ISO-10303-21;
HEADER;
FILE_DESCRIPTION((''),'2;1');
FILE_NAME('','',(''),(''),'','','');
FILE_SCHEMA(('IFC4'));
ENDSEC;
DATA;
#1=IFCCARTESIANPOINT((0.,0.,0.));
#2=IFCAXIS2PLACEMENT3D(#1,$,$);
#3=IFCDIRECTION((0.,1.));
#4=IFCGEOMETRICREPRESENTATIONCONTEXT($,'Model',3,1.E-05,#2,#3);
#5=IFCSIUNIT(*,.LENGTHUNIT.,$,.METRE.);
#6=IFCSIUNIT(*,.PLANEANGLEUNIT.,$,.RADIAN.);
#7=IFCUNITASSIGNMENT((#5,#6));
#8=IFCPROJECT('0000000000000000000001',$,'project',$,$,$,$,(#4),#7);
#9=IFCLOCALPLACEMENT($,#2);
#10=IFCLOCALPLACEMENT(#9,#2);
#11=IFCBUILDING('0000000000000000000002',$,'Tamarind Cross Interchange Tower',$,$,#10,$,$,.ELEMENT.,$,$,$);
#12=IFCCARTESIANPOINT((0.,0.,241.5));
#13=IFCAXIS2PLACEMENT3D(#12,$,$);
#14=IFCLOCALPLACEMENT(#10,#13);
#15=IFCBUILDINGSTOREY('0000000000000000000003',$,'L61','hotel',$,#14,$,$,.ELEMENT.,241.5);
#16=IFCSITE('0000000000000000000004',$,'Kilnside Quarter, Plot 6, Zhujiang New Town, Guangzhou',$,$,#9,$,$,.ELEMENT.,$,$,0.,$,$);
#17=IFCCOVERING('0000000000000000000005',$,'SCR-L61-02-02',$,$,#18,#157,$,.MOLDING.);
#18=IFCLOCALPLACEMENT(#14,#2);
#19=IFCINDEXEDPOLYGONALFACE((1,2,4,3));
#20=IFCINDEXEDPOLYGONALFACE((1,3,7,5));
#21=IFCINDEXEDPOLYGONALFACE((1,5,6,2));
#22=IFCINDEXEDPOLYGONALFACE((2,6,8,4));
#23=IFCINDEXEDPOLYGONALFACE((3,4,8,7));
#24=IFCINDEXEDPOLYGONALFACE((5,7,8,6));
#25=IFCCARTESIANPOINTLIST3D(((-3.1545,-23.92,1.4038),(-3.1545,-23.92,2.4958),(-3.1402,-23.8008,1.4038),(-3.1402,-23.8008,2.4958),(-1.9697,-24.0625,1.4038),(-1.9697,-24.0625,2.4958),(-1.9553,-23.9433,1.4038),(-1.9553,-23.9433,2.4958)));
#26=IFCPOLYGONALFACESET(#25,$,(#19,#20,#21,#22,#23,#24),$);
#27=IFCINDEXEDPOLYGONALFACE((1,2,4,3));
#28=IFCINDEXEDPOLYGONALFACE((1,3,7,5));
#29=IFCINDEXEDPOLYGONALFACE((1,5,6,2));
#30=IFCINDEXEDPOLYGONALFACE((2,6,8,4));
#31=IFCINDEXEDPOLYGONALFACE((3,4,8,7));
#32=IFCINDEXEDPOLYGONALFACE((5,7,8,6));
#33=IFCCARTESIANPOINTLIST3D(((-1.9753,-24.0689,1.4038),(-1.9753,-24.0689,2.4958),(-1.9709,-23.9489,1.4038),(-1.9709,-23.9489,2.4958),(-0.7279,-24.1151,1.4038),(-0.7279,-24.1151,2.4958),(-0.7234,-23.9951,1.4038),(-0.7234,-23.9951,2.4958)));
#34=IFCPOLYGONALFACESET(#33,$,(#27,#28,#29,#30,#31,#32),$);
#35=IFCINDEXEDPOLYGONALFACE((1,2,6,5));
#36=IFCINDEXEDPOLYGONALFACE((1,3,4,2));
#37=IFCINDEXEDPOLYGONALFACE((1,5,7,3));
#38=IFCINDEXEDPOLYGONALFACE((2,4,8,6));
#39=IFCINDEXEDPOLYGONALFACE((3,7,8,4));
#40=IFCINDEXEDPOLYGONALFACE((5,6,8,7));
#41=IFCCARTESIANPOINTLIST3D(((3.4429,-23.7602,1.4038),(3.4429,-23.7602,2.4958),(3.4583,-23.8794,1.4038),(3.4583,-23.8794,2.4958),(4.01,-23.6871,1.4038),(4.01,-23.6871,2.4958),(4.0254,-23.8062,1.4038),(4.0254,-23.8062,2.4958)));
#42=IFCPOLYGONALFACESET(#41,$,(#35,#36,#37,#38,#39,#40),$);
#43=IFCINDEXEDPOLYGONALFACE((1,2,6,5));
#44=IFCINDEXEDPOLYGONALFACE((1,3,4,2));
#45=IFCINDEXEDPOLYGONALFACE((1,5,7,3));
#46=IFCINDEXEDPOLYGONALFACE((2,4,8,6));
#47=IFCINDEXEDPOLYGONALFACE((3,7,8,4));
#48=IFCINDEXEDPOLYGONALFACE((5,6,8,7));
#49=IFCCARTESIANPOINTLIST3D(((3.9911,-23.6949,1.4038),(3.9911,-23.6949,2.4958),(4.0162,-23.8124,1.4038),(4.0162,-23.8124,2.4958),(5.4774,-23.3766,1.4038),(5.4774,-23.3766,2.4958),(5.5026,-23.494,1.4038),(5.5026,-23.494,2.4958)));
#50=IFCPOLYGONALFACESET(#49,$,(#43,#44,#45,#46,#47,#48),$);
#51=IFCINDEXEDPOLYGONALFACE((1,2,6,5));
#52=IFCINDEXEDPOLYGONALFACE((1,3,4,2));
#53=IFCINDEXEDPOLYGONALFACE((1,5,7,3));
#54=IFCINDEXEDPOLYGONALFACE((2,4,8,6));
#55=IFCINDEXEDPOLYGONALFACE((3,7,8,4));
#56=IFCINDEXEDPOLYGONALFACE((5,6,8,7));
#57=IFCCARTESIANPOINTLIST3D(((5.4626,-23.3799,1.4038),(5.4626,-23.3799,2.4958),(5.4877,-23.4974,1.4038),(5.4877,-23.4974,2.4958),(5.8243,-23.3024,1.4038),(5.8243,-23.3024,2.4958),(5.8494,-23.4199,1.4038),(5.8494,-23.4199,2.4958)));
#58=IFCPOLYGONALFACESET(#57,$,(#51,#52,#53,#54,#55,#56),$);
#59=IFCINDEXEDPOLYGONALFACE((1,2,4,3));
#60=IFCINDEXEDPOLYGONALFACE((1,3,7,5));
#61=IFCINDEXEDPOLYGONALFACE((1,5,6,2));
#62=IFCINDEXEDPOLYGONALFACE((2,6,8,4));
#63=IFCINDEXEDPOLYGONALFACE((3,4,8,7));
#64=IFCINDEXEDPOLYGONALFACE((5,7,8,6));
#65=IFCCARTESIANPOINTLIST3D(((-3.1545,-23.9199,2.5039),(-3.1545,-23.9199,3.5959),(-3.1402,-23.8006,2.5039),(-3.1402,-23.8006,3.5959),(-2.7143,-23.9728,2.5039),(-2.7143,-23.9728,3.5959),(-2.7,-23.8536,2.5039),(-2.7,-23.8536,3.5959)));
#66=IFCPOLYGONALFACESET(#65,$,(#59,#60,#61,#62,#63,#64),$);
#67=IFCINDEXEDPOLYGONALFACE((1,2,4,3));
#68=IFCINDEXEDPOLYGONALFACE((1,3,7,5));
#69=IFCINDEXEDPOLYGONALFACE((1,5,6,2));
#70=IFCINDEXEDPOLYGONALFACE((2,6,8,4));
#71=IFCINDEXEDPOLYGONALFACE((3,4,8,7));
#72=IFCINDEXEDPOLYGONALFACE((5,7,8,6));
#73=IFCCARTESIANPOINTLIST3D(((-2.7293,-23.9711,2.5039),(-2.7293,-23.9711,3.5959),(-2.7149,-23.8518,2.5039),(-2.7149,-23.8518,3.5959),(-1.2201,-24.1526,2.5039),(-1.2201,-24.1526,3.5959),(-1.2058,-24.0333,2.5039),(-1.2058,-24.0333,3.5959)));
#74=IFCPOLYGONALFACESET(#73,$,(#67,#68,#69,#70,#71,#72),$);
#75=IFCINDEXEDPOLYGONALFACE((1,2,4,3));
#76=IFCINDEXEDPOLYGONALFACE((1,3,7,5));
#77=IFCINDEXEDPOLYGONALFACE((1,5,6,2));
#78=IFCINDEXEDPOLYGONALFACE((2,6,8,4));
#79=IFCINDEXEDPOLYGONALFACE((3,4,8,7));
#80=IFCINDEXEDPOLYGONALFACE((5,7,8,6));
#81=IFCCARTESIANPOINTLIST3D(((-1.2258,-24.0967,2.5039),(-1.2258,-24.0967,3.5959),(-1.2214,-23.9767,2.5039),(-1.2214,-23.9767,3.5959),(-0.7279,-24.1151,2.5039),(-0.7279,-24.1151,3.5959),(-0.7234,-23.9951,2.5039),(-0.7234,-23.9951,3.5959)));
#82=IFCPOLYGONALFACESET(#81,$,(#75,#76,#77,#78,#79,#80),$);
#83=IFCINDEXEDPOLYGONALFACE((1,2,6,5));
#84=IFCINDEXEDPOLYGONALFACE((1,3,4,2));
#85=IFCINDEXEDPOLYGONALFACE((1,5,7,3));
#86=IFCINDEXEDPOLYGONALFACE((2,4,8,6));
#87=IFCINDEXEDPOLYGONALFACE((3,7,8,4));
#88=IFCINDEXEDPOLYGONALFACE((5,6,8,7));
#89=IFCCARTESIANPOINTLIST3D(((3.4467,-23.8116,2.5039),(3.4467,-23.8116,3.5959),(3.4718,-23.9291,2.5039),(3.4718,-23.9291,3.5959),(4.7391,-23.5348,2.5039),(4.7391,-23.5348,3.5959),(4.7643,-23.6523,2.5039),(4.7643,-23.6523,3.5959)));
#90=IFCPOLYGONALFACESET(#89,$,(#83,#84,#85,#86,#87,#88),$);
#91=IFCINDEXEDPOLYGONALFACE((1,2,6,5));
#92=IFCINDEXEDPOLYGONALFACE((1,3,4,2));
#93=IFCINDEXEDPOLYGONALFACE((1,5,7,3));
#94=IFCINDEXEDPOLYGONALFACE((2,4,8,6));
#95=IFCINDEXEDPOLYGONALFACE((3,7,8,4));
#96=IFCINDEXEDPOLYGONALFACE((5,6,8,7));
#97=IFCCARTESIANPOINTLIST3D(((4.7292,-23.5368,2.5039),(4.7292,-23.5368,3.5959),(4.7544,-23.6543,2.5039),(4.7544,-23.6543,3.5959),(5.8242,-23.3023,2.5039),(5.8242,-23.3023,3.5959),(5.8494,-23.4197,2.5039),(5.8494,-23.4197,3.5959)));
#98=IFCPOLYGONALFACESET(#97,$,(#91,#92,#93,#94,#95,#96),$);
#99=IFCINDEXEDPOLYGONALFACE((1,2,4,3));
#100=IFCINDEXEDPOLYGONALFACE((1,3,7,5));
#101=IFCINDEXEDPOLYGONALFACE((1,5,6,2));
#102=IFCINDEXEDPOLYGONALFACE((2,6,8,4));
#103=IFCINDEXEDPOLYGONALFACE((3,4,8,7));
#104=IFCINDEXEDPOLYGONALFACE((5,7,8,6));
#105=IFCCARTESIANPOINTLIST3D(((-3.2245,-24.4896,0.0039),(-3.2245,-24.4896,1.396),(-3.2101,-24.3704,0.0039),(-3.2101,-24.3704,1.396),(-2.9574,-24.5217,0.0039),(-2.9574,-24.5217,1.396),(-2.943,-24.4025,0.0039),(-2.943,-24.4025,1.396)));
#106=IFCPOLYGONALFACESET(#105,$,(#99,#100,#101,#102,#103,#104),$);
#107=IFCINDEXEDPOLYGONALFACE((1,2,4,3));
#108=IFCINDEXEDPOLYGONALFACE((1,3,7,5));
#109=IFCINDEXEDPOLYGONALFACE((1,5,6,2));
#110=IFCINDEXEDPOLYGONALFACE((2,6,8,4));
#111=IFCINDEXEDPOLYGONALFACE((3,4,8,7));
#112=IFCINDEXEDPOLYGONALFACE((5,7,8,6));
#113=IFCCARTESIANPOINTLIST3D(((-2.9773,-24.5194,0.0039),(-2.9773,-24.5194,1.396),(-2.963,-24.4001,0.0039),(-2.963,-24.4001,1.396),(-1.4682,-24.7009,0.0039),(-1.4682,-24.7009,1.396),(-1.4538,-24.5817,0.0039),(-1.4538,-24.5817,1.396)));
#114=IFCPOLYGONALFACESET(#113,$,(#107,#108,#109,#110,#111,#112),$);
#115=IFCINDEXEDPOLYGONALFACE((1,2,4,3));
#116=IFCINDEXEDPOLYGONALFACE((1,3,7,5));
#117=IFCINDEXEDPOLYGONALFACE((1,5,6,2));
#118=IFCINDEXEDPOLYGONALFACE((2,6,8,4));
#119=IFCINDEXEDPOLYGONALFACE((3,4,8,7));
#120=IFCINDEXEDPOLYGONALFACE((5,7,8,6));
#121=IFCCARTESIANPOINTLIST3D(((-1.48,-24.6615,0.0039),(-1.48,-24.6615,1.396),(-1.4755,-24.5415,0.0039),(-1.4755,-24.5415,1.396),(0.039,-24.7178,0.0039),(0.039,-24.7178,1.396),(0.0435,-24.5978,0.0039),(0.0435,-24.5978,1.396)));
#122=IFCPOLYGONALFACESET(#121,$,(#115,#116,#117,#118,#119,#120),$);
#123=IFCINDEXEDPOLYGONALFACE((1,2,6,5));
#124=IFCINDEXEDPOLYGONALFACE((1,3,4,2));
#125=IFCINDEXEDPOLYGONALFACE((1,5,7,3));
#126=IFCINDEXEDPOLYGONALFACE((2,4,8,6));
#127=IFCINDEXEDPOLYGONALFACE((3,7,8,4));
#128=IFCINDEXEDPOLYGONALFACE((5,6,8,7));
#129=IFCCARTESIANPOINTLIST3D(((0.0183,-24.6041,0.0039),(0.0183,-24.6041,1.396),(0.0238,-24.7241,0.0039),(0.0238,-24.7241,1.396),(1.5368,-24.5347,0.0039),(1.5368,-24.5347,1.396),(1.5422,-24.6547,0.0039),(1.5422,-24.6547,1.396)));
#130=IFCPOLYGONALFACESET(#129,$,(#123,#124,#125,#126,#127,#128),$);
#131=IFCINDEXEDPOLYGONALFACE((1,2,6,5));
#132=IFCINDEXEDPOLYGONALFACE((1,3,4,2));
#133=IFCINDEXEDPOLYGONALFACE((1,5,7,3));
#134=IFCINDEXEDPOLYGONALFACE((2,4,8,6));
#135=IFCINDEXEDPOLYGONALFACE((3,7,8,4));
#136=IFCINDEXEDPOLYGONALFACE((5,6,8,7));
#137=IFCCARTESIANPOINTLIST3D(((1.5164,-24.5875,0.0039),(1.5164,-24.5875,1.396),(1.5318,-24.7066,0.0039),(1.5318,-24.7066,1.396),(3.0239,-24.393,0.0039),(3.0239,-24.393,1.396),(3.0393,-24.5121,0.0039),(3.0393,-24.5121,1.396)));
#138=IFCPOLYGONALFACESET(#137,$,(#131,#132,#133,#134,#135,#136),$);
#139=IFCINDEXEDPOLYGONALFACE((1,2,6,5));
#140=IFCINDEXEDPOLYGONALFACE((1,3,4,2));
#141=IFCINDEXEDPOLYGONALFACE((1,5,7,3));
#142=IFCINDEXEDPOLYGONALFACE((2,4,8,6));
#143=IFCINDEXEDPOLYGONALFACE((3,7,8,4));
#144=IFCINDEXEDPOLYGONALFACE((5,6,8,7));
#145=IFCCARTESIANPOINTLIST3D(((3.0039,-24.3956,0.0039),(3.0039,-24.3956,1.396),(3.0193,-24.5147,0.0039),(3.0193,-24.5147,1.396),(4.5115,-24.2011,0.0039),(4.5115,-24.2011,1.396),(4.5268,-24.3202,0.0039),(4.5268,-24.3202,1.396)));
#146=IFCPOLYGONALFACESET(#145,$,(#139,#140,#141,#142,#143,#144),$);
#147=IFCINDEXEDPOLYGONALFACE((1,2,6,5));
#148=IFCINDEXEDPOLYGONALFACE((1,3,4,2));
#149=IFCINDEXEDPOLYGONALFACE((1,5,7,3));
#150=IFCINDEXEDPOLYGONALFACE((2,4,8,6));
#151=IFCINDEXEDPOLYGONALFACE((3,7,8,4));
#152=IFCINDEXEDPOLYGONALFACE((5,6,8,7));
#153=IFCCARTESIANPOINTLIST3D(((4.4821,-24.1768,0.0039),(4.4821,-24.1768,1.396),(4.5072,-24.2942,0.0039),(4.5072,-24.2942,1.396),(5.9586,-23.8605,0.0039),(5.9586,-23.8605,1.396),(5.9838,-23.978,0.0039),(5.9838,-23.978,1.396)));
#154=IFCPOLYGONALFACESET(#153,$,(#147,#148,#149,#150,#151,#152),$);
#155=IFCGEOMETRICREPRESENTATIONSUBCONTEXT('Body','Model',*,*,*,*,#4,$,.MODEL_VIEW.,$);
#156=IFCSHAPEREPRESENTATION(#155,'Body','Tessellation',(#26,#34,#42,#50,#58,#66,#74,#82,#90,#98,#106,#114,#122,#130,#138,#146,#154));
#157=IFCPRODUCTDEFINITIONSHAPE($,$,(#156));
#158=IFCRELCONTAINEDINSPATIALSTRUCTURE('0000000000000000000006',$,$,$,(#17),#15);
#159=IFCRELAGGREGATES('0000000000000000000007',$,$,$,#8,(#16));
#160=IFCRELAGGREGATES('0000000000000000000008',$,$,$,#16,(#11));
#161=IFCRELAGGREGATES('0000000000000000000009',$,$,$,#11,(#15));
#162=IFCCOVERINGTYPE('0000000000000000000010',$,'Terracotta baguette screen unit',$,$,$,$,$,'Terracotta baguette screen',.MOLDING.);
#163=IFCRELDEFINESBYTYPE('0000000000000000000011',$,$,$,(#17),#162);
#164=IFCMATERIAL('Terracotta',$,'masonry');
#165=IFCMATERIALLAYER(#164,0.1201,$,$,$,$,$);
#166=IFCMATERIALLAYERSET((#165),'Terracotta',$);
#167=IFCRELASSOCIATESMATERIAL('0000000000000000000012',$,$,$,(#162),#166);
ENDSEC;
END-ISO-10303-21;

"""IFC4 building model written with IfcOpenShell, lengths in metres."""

from ifc_helpers import new_model, si_unit, direction, frame, origin, origin_2d, place, context, subcontext, project, spatial, rectangle, extrude, material, layer, layer_set, type_object, element, save


model = new_model("IFC4")

# Units and contexts
model_context = context("Model", 3, precision=1e-05, world=origin(), true_north=direction((0.0, 1.0)))
body_context = subcontext(model_context, "Body", "Model", "MODEL_VIEW")
ifc_project = project(units=[si_unit("LENGTHUNIT", "METRE"), si_unit("PLANEANGLEUNIT", "RADIAN")], contexts=[model_context])

# Site, building, storey
site_placement = place(None, origin())
site = spatial("IfcSite", under=ifc_project, at=site_placement, Name="Kilnside Quarter, Plot 6, Zhujiang New Town, Guangzhou", CompositionType="ELEMENT", RefElevation=0.0)
building_placement = place(site_placement, origin())
building = spatial("IfcBuilding", under=site, at=building_placement, Name="Tamarind Cross Interchange Tower", CompositionType="ELEMENT")
storey_placement = place(building_placement, frame((0.0, 0.0, 241.5)))
storey = spatial("IfcBuildingStorey", under=building, at=storey_placement, Name="L61", Description="hotel", CompositionType="ELEMENT", Elevation=241.5)

# Covering
ifc_material_1 = material(Name="Terracotta", Category="masonry")
ifc_layer_1 = layer(ifc_material_1, 0.1201)
ifc_layer_set_1 = layer_set([ifc_layer_1], Name="Terracotta")
covering_type = type_object("IfcCoveringType", Name="Terracotta baguette screen unit", ElementType="Terracotta baguette screen", PredefinedType="MOLDING", material=ifc_layer_set_1)
covering_1_placement = place(storey_placement, origin())
element("IfcCovering", 1, at=covering_1_placement, inside=storey, type_object=covering_type, Name="SCR-L61-02-02", PredefinedType="MOLDING", context=body_context, shape_type="SweptSolid", body=[
    extrude(rectangle(XDim=1.1934, YDim=0.1201, at=origin_2d()), frame((-2.5549, -23.9316, 1.4038), z_axis=(0.0, 0.0, 1.0), x_axis=(0.992844, -0.119421, 0.0)), (0.0, 0.0, 1.0), 1.092),
    extrude(rectangle(XDim=1.2483, YDim=0.1201, at=origin_2d()), frame((-1.3494, -24.032, 1.4038), z_axis=(0.0, 0.0, 1.0), x_axis=(0.999314, -0.037025, 0.0)), (0.0, 0.0, 1.0), 1.092),
    extrude(rectangle(XDim=0.5718, YDim=0.1201, at=origin_2d()), frame((3.7341, -23.7832, 1.4038), z_axis=(0.0, 0.0, 1.0), x_axis=(0.991779, 0.127962, 0.0)), (0.0, 0.0, 1.0), 1.092),
    extrude(rectangle(XDim=1.52, YDim=0.1201, at=origin_2d()), frame((4.7468, -23.5945, 1.4038), z_axis=(0.0, 0.0, 1.0), x_axis=(0.977825, 0.209425, 0.0)), (0.0, 0.0, 1.0), 1.092),
    extrude(rectangle(XDim=0.3699, YDim=0.1201, at=origin_2d()), frame((5.656, -23.3999, 1.4038), z_axis=(0.0, 0.0, 1.0), x_axis=(0.977825, 0.209425, 0.0)), (0.0, 0.0, 1.0), 1.092),
    extrude(rectangle(XDim=0.4434, YDim=0.1201, at=origin_2d()), frame((-2.9272, -23.8867, 2.5039), z_axis=(0.0, 0.0, 1.0), x_axis=(0.992844, -0.119421, 0.0)), (0.0, 0.0, 1.0), 1.092),
    extrude(rectangle(XDim=1.52, YDim=0.1201, at=origin_2d()), frame((-1.9675, -24.0022, 2.5039), z_axis=(0.0, 0.0, 1.0), x_axis=(0.992844, -0.119421, 0.0)), (0.0, 0.0, 1.0), 1.092),
    extrude(rectangle(XDim=0.4983, YDim=0.1201, at=origin_2d()), frame((-0.9746, -24.0459, 2.5039), z_axis=(0.0, 0.0, 1.0), x_axis=(0.999314, -0.037025, 0.0)), (0.0, 0.0, 1.0), 1.092),
    extrude(rectangle(XDim=1.3218, YDim=0.1201, at=origin_2d()), frame((4.1055, -23.7319, 2.5039), z_axis=(0.0, 0.0, 1.0), x_axis=(0.977825, 0.209425, 0.0)), (0.0, 0.0, 1.0), 1.092),
    extrude(rectangle(XDim=1.1199, YDim=0.1201, at=origin_2d()), frame((5.2893, -23.4783, 2.5039), z_axis=(0.0, 0.0, 1.0), x_axis=(0.977825, 0.209425, 0.0)), (0.0, 0.0, 1.0), 1.092),
    extrude(rectangle(XDim=0.269, YDim=0.1201, at=origin_2d()), frame((-3.0837, -24.446, 0.0039), z_axis=(0.0, 0.0, 1.0), x_axis=(0.992844, -0.119421, 0.0)), (0.0, 0.0, 1.0), 1.3921),
    extrude(rectangle(XDim=1.52, YDim=0.1201, at=origin_2d()), frame((-2.2156, -24.5505, 0.0039), z_axis=(0.0, 0.0, 1.0), x_axis=(0.992844, -0.119421, 0.0)), (0.0, 0.0, 1.0), 1.3921),
    extrude(rectangle(XDim=1.52, YDim=0.1201, at=origin_2d()), frame((-0.7183, -24.6296, 0.0039), z_axis=(0.0, 0.0, 1.0), x_axis=(0.999314, -0.037025, 0.0)), (0.0, 0.0, 1.0), 1.3921),
    extrude(rectangle(XDim=1.52, YDim=0.1201, at=origin_2d()), frame((0.7803, -24.6294, 0.0039), z_axis=(0.0, 0.0, 1.0), x_axis=(0.998959, 0.045624, 0.0)), (0.0, 0.0, 1.0), 1.3921),
    extrude(rectangle(XDim=1.52, YDim=0.1201, at=origin_2d()), frame((2.2778, -24.5498, 0.0039), z_axis=(0.0, 0.0, 1.0), x_axis=(0.991779, 0.127962, 0.0)), (0.0, 0.0, 1.0), 1.3921),
    extrude(rectangle(XDim=1.52, YDim=0.1201, at=origin_2d()), frame((3.7654, -24.3579, 0.0039), z_axis=(0.0, 0.0, 1.0), x_axis=(0.991779, 0.127962, 0.0)), (0.0, 0.0, 1.0), 1.3921),
    extrude(rectangle(XDim=1.51, YDim=0.1201, at=origin_2d()), frame((5.2329, -24.0774, 0.0039), z_axis=(0.0, 0.0, 1.0), x_axis=(0.977825, 0.209425, 0.0)), (0.0, 0.0, 1.0), 1.3921),
])

save(model, "model.ifc")
